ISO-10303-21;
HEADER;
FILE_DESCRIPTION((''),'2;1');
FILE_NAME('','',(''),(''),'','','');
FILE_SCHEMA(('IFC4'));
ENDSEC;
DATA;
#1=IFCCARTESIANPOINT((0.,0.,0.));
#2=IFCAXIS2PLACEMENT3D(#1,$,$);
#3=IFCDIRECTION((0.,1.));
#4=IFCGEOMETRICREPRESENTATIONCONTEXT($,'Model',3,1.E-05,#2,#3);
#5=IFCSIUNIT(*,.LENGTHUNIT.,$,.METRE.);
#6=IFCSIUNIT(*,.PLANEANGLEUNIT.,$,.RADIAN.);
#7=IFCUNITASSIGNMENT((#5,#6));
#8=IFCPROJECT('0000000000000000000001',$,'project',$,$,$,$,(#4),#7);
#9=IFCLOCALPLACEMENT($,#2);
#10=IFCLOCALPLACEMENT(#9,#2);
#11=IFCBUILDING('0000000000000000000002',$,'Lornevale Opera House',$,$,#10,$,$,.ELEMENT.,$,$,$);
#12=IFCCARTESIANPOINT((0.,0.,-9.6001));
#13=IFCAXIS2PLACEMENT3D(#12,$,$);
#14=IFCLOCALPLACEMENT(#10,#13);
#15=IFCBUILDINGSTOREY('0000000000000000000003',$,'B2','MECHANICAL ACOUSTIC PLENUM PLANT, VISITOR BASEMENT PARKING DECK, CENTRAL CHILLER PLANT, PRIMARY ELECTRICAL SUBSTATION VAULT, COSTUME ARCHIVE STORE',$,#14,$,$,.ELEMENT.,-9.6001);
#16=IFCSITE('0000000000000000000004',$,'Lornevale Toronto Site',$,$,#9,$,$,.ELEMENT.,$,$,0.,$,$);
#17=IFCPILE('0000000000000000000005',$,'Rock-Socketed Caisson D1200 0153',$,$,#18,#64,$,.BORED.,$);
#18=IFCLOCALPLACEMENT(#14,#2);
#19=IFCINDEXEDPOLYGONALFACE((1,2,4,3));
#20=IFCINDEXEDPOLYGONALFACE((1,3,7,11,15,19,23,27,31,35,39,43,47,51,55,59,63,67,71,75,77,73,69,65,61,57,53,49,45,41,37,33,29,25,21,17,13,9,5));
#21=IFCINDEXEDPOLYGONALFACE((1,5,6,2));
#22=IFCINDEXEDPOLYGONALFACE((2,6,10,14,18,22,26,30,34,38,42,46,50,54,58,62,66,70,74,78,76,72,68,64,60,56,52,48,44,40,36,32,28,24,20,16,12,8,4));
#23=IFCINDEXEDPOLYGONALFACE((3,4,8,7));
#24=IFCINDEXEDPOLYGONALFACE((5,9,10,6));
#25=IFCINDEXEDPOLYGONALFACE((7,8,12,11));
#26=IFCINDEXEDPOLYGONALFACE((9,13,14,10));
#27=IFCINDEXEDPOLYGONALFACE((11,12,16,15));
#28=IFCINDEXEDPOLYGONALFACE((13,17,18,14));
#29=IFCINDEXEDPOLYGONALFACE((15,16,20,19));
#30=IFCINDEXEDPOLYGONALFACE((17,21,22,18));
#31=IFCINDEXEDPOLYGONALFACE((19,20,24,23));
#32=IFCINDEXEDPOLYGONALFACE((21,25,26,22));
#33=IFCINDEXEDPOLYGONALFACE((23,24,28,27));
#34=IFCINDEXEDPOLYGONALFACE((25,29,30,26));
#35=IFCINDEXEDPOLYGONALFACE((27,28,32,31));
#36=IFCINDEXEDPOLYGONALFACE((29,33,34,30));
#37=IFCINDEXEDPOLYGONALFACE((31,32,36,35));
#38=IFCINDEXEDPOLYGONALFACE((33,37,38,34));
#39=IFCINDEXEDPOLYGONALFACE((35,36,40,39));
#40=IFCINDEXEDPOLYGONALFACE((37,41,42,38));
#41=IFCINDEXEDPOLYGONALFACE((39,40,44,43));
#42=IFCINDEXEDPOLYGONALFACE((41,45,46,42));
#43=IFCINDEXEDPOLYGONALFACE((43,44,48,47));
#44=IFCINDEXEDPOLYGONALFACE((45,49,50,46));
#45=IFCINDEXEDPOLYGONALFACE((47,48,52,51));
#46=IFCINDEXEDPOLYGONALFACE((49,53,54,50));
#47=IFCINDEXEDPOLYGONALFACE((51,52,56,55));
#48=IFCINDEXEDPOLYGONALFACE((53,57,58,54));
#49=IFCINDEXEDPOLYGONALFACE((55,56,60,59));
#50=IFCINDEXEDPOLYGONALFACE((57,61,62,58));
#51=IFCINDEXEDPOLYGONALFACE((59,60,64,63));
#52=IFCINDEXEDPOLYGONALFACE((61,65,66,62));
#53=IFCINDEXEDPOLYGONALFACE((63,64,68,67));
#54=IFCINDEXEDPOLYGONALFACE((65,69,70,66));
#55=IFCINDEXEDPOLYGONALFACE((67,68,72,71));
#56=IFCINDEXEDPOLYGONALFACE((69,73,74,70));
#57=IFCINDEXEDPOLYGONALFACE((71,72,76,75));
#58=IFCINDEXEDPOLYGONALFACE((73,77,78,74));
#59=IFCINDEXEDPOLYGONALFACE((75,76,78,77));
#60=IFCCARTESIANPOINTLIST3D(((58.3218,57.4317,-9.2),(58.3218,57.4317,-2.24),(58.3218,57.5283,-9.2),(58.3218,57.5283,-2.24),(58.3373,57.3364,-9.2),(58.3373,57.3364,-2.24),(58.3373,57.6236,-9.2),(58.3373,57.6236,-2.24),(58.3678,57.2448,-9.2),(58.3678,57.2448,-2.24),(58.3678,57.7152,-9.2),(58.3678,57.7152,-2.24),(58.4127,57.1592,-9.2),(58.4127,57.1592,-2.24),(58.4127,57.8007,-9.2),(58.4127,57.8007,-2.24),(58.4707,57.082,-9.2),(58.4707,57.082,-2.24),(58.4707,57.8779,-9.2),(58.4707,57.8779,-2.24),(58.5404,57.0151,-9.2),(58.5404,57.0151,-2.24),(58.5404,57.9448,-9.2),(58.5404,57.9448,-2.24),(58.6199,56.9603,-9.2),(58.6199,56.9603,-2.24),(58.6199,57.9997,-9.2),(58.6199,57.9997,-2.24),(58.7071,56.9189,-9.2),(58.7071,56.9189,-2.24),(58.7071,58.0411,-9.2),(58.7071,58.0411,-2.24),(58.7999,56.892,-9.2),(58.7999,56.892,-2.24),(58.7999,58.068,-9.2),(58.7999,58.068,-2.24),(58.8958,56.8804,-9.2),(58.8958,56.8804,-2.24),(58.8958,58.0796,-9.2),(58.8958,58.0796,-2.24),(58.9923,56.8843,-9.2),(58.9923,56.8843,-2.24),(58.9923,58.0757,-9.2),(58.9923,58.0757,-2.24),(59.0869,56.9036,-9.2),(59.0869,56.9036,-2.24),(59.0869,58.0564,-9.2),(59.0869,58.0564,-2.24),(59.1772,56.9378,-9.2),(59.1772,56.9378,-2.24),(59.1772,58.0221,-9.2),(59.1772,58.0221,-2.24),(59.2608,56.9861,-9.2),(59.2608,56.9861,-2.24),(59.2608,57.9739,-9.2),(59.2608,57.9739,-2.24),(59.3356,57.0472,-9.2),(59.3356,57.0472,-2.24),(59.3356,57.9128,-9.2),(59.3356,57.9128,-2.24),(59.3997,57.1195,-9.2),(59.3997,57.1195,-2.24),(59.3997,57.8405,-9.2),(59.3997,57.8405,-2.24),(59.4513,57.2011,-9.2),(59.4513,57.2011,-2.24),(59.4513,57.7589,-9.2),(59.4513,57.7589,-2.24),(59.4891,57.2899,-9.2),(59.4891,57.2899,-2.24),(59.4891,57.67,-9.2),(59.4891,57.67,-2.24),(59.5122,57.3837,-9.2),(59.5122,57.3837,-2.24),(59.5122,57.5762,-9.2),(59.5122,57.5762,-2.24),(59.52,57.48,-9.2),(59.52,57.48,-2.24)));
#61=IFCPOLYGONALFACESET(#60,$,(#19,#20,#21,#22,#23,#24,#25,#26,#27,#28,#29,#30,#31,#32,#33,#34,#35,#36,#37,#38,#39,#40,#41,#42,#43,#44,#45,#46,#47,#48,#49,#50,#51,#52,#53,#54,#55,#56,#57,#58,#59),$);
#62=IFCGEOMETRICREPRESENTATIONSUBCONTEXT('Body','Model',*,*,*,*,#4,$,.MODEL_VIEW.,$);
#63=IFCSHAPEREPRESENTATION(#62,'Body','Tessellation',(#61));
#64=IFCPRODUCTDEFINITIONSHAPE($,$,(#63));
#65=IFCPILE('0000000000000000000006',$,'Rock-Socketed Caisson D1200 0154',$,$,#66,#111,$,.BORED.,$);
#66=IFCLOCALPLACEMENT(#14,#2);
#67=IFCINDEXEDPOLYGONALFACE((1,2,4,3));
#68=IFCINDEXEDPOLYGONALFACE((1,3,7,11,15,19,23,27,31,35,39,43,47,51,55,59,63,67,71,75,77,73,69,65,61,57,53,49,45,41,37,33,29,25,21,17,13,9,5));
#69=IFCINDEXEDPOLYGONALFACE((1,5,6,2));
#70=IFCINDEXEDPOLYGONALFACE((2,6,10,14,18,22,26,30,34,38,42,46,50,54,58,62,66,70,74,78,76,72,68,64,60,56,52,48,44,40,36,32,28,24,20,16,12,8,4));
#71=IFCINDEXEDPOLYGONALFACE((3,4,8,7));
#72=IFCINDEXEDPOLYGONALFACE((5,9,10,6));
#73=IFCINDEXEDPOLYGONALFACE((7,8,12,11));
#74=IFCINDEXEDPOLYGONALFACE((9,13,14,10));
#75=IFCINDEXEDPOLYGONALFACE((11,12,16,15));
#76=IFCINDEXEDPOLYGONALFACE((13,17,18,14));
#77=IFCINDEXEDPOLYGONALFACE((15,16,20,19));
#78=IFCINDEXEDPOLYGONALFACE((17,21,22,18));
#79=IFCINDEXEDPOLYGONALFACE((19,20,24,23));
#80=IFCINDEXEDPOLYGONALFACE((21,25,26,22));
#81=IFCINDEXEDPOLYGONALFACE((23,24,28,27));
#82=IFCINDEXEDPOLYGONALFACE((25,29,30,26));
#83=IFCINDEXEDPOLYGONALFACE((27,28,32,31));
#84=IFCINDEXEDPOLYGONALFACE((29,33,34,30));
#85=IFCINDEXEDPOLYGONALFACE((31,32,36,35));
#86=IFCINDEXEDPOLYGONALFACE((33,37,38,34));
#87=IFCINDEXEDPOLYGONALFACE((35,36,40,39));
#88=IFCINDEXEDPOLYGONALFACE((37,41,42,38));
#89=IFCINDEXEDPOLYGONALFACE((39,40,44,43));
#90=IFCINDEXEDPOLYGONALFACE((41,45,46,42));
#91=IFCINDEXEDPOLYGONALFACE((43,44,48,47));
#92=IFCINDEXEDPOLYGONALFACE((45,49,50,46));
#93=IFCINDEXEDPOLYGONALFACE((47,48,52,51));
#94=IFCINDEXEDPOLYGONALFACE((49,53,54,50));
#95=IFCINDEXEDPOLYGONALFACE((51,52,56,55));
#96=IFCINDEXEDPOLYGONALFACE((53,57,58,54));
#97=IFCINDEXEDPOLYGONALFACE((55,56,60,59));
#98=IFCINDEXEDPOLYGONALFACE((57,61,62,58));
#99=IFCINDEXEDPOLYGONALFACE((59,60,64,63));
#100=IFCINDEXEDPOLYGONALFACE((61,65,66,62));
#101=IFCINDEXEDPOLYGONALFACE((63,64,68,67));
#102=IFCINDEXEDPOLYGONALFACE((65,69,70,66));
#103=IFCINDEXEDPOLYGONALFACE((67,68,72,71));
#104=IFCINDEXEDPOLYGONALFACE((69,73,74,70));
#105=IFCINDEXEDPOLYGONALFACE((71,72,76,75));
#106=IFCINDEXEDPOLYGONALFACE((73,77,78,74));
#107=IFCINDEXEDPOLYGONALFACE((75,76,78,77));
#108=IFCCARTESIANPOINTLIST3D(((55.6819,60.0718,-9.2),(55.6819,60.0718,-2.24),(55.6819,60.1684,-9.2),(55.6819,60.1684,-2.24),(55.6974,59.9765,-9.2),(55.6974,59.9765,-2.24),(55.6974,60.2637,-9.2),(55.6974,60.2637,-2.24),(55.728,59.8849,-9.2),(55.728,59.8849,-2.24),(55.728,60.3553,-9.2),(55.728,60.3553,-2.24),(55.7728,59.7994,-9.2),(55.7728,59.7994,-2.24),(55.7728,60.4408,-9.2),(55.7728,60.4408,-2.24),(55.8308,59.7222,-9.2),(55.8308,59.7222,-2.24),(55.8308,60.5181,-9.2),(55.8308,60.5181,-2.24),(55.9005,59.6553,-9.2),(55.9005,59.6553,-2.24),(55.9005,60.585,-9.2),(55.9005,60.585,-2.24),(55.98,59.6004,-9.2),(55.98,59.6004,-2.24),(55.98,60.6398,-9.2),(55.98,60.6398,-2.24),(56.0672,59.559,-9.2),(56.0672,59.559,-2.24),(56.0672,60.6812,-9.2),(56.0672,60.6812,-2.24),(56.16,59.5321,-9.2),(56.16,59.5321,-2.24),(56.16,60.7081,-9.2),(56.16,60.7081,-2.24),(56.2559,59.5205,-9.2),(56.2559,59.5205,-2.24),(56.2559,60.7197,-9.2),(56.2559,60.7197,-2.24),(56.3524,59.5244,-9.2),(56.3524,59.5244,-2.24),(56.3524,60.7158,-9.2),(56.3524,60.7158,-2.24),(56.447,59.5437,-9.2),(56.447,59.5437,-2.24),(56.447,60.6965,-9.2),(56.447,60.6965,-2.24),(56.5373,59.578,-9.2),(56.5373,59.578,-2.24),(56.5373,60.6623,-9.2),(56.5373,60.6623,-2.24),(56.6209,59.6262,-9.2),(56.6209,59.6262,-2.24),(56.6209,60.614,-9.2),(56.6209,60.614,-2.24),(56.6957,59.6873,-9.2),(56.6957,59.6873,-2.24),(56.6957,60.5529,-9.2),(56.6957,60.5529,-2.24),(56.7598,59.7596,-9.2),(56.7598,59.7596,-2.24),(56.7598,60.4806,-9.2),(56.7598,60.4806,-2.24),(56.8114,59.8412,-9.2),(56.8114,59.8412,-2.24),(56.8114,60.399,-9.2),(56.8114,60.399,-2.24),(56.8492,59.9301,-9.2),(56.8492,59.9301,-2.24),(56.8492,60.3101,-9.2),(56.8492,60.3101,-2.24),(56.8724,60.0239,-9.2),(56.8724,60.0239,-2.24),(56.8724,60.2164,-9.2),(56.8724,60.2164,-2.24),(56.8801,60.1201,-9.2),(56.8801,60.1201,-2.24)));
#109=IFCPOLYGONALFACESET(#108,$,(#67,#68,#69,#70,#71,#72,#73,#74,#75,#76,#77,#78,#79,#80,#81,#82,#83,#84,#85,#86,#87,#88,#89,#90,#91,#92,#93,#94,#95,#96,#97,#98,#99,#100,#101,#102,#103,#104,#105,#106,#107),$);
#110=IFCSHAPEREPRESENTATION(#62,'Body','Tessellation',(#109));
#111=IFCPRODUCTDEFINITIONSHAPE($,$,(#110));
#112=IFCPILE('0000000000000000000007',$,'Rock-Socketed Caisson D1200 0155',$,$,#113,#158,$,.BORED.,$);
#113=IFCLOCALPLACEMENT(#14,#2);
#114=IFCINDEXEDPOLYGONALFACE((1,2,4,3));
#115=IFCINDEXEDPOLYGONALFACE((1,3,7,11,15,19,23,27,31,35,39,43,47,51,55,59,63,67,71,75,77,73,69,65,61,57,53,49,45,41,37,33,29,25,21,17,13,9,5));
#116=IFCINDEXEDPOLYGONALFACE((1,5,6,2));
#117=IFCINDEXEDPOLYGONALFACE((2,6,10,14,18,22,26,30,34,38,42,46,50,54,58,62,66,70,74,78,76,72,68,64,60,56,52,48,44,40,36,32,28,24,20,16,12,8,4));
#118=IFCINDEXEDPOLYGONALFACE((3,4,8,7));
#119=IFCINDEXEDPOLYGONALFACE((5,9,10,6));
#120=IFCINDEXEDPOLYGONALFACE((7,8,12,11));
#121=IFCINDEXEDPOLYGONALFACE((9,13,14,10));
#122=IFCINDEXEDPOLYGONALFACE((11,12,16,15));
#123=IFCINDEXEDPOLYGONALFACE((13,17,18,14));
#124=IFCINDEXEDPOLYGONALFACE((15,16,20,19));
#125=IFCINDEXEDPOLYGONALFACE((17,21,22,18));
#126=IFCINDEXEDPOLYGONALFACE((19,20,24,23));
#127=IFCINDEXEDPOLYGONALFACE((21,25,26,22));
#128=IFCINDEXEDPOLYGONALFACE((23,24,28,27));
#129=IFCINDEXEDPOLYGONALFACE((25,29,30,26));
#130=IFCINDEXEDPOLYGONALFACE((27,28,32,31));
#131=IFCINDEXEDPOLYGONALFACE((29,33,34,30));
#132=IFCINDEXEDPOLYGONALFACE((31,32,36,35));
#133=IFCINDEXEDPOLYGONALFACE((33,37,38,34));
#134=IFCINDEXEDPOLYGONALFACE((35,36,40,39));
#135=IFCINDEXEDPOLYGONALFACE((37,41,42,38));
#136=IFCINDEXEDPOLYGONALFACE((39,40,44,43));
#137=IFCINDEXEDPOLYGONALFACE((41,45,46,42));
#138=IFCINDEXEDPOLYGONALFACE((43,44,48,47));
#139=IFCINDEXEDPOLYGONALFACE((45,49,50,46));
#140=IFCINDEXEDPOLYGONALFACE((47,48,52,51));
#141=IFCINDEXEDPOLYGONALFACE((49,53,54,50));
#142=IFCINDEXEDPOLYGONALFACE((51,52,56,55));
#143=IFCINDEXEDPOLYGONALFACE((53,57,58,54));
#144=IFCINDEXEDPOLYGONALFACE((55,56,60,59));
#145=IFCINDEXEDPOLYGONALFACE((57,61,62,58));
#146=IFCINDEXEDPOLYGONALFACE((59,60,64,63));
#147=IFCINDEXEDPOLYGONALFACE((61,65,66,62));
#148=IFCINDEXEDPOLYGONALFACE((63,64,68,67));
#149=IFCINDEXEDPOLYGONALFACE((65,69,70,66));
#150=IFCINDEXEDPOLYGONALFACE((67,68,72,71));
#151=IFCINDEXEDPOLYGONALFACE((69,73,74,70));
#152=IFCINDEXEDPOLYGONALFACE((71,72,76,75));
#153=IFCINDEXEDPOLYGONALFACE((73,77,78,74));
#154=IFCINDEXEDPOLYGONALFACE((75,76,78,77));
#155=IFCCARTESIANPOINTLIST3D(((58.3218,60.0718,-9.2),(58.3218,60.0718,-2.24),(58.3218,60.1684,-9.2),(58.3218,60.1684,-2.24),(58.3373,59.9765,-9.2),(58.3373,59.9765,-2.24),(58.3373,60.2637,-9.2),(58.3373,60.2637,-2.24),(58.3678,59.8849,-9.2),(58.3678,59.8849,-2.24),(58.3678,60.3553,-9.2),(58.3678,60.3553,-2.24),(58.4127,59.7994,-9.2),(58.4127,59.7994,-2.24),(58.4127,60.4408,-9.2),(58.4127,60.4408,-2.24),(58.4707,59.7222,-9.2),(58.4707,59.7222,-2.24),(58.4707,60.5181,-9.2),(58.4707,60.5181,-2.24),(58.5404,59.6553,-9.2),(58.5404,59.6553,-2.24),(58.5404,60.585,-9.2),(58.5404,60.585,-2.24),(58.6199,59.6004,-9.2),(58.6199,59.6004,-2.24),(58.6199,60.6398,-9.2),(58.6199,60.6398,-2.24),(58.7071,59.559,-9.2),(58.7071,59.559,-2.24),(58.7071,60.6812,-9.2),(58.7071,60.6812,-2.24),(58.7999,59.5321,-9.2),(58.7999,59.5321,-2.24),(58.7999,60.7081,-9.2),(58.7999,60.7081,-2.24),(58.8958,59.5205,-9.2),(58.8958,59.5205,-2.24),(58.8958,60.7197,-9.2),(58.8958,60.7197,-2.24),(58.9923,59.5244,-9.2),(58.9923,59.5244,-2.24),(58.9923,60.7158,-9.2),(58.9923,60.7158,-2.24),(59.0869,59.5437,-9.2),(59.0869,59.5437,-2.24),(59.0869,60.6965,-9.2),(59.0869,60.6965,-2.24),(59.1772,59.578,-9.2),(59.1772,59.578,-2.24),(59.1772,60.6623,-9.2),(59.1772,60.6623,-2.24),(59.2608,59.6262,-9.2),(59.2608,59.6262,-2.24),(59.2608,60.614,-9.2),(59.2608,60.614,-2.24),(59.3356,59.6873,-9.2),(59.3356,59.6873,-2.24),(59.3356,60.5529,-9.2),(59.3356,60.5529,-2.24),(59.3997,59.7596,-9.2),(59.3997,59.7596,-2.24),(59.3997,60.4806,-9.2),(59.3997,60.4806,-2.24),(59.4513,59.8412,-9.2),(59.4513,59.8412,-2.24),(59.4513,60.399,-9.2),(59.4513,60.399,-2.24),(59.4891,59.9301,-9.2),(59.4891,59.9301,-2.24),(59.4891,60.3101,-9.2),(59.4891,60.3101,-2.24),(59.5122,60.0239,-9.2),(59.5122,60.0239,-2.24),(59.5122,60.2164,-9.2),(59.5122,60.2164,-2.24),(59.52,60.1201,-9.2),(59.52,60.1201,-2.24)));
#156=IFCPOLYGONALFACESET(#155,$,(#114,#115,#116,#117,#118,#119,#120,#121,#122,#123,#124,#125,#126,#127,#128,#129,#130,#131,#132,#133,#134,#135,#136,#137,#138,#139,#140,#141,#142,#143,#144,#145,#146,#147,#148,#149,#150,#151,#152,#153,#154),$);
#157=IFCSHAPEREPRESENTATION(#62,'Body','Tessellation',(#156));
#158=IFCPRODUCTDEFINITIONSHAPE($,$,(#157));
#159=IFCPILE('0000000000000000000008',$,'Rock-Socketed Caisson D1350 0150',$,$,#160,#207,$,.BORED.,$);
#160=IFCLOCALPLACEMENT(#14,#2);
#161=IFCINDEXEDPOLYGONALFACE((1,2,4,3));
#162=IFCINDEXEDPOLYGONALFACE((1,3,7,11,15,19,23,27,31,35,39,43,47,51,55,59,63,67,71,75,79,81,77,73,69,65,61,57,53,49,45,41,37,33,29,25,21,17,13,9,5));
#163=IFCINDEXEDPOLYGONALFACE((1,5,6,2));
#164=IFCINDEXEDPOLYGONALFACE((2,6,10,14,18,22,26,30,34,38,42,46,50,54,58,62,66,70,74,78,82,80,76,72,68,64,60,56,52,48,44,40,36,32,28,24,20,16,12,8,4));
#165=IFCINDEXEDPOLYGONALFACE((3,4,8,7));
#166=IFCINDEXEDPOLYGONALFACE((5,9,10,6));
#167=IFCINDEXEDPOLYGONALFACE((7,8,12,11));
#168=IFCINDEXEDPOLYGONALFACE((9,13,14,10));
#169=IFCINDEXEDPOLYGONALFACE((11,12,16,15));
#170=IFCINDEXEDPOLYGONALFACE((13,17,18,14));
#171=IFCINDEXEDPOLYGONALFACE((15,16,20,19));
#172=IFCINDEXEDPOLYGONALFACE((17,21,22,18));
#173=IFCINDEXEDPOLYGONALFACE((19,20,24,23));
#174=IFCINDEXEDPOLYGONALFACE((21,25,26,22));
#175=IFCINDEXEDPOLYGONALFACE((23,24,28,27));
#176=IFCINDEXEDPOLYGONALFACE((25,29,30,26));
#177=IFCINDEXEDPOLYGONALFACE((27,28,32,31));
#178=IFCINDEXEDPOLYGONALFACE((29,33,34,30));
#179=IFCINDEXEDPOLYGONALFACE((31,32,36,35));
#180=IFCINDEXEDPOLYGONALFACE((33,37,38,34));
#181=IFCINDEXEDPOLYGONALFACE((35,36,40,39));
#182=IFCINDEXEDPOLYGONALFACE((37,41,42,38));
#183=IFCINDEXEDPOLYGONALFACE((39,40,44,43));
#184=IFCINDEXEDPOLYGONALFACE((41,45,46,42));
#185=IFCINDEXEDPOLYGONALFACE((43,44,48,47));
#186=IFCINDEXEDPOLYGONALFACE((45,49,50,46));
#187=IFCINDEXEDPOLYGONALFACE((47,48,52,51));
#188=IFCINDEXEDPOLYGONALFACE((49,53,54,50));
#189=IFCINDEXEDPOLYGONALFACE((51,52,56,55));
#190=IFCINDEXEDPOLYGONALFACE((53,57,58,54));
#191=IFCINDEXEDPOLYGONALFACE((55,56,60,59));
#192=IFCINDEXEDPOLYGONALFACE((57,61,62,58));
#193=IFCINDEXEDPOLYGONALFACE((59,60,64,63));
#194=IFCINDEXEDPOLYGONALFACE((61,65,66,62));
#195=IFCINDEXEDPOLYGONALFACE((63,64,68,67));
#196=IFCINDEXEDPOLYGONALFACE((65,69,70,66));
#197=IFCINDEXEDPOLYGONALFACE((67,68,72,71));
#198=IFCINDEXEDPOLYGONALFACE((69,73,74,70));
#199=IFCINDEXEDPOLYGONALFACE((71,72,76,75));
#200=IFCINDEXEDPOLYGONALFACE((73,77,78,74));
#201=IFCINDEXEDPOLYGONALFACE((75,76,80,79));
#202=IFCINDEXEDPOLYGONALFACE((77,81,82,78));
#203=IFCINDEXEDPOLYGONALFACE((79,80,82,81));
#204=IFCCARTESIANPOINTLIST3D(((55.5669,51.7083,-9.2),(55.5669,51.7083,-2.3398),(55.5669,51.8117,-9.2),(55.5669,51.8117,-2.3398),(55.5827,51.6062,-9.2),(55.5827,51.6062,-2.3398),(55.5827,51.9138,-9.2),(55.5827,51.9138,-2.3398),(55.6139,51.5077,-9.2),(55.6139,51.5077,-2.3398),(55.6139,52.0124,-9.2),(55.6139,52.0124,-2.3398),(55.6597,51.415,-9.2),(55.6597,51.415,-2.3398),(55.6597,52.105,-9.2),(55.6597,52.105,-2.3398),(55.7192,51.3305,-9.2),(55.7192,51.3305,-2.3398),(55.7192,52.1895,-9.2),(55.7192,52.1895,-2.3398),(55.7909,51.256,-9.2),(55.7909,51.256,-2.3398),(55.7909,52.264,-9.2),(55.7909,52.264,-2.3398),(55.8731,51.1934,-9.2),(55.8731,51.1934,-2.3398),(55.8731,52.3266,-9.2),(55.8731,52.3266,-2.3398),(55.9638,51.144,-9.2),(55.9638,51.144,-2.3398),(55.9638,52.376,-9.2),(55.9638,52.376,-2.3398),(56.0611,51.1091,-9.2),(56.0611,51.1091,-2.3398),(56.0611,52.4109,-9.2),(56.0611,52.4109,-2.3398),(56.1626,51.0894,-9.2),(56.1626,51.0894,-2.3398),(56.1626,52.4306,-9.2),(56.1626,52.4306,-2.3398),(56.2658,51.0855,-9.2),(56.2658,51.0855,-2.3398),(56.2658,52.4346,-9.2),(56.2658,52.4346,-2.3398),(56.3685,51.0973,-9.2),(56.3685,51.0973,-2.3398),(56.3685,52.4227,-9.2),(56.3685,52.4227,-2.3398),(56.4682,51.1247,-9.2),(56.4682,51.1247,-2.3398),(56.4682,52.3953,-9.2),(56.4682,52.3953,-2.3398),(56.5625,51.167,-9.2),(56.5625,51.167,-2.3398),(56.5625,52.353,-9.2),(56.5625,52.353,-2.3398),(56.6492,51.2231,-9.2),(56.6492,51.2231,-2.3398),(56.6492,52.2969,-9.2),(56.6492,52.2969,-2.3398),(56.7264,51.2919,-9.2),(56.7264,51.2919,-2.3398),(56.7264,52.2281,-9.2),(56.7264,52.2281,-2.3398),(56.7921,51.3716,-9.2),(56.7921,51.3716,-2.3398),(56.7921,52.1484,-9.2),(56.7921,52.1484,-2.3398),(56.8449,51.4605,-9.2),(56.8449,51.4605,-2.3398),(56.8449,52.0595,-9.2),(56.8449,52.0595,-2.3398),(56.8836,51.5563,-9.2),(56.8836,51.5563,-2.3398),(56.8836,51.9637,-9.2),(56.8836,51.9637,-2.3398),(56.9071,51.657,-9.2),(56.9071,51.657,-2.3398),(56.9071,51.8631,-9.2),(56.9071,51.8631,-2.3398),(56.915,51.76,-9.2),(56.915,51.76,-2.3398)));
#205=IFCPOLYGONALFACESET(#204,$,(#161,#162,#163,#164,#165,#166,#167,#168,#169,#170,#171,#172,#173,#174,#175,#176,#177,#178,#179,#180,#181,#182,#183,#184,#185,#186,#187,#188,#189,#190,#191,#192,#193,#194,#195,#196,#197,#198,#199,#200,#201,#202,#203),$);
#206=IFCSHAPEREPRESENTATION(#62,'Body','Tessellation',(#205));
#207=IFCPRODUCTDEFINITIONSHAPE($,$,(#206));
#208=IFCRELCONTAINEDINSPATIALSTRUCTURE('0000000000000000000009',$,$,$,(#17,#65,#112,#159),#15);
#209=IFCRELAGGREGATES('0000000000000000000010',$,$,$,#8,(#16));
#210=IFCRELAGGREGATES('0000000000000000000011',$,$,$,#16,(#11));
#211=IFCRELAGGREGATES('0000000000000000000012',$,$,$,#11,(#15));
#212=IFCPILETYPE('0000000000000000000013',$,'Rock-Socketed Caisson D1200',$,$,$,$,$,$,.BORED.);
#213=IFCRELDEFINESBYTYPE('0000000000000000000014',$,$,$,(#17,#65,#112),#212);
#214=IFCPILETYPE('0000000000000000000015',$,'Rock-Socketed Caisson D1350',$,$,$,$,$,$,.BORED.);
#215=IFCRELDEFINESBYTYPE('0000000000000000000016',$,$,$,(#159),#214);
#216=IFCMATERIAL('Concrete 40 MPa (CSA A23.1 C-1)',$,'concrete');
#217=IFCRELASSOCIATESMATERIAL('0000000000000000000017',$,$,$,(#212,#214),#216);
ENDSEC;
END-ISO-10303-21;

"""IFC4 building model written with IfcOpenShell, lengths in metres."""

from ifc_helpers import new_model, si_unit, direction, frame, origin, origin_2d, place, context, subcontext, project, spatial, circle, extrude, material, material_profile, profile_set, type_object, element, save


model = new_model("IFC4")

# Units and contexts
model_context = context("Model", 3, precision=1e-05, world=origin(), true_north=direction((0.0, 1.0)))
body_context = subcontext(model_context, "Body", "Model", "MODEL_VIEW")
ifc_project = project(units=[si_unit("LENGTHUNIT", "METRE"), si_unit("PLANEANGLEUNIT", "RADIAN")], contexts=[model_context])

# Site, building, storey
site_placement = place(None, origin())
site = spatial("IfcSite", under=ifc_project, at=site_placement, Name="Lornevale Toronto Site", CompositionType="ELEMENT", RefElevation=0.0)
building_placement = place(site_placement, origin())
building = spatial("IfcBuilding", under=site, at=building_placement, Name="Lornevale Opera House", CompositionType="ELEMENT")
storey_placement = place(building_placement, frame((0.0, 0.0, -9.6001)))
storey = spatial("IfcBuildingStorey", under=building, at=storey_placement, Name="B2", Description="MECHANICAL ACOUSTIC PLENUM PLANT, VISITOR BASEMENT PARKING DECK, CENTRAL CHILLER PLANT, PRIMARY ELECTRICAL SUBSTATION VAULT, COSTUME ARCHIVE STORE", CompositionType="ELEMENT", Elevation=-9.6001)

# Piles
ifc_material_1 = material(Name="Concrete 40 MPa (CSA A23.1 C-1)", Category="concrete")
ifc_material_profile_1 = material_profile(ifc_material_1, circle(Radius=0.6001, at=origin_2d()), Name="CAIS1200")
ifc_profile_set_1 = profile_set([ifc_material_profile_1], Name="Concrete 40 MPa (CSA A23.1 C-1)")
pile_type_1 = type_object("IfcPileType", Name="Rock-Socketed Caisson D1200", PredefinedType="BORED", material=ifc_profile_set_1)
for number, where, z_axis, x_axis, name in (
    (1, (58.9199, 57.48, -2.24), (0.0, 0.0, -1.0), (1.0, 0.0, 0.0), "Rock-Socketed Caisson D1200 0153"),
    (2, (56.28, 60.1201, -2.24), (0.0, 0.0, -1.0), (1.0, 0.0, 0.0), "Rock-Socketed Caisson D1200 0154"),
    (3, (58.9199, 60.1201, -2.24), (0.0, 0.0, -1.0), (1.0, 0.0, 0.0), "Rock-Socketed Caisson D1200 0155"),
):
    element("IfcPile", number, at=place(storey_placement, frame(where, z_axis=z_axis, x_axis=x_axis)), inside=storey, type_object=pile_type_1, Name=name, PredefinedType="BORED", context=body_context, shape_type="SweptSolid", body=[
        extrude(circle(Radius=0.6001, at=origin_2d()), origin(), (0.0, 0.0, 1.0), 6.96),
    ])
ifc_material_profile_2 = material_profile(ifc_material_1, circle(Radius=0.675, at=origin_2d()), Name="CAIS1350")
ifc_profile_set_2 = profile_set([ifc_material_profile_2], Name="Concrete 40 MPa (CSA A23.1 C-1)")
pile_type_2 = type_object("IfcPileType", Name="Rock-Socketed Caisson D1350", PredefinedType="BORED", material=ifc_profile_set_2)
for number, where, z_axis, x_axis, name in (
    (4, (56.24, 51.76, -2.3398), (0.0, 0.0, -1.0), (1.0, 0.0, 0.0), "Rock-Socketed Caisson D1350 0150"),
):
    element("IfcPile", number, at=place(storey_placement, frame(where, z_axis=z_axis, x_axis=x_axis)), inside=storey, type_object=pile_type_2, Name=name, PredefinedType="BORED", context=body_context, shape_type="SweptSolid", body=[
        extrude(circle(Radius=0.675, at=origin_2d()), origin(), (0.0, 0.0, 1.0), 6.8601),
    ])

save(model, "model.ifc")
